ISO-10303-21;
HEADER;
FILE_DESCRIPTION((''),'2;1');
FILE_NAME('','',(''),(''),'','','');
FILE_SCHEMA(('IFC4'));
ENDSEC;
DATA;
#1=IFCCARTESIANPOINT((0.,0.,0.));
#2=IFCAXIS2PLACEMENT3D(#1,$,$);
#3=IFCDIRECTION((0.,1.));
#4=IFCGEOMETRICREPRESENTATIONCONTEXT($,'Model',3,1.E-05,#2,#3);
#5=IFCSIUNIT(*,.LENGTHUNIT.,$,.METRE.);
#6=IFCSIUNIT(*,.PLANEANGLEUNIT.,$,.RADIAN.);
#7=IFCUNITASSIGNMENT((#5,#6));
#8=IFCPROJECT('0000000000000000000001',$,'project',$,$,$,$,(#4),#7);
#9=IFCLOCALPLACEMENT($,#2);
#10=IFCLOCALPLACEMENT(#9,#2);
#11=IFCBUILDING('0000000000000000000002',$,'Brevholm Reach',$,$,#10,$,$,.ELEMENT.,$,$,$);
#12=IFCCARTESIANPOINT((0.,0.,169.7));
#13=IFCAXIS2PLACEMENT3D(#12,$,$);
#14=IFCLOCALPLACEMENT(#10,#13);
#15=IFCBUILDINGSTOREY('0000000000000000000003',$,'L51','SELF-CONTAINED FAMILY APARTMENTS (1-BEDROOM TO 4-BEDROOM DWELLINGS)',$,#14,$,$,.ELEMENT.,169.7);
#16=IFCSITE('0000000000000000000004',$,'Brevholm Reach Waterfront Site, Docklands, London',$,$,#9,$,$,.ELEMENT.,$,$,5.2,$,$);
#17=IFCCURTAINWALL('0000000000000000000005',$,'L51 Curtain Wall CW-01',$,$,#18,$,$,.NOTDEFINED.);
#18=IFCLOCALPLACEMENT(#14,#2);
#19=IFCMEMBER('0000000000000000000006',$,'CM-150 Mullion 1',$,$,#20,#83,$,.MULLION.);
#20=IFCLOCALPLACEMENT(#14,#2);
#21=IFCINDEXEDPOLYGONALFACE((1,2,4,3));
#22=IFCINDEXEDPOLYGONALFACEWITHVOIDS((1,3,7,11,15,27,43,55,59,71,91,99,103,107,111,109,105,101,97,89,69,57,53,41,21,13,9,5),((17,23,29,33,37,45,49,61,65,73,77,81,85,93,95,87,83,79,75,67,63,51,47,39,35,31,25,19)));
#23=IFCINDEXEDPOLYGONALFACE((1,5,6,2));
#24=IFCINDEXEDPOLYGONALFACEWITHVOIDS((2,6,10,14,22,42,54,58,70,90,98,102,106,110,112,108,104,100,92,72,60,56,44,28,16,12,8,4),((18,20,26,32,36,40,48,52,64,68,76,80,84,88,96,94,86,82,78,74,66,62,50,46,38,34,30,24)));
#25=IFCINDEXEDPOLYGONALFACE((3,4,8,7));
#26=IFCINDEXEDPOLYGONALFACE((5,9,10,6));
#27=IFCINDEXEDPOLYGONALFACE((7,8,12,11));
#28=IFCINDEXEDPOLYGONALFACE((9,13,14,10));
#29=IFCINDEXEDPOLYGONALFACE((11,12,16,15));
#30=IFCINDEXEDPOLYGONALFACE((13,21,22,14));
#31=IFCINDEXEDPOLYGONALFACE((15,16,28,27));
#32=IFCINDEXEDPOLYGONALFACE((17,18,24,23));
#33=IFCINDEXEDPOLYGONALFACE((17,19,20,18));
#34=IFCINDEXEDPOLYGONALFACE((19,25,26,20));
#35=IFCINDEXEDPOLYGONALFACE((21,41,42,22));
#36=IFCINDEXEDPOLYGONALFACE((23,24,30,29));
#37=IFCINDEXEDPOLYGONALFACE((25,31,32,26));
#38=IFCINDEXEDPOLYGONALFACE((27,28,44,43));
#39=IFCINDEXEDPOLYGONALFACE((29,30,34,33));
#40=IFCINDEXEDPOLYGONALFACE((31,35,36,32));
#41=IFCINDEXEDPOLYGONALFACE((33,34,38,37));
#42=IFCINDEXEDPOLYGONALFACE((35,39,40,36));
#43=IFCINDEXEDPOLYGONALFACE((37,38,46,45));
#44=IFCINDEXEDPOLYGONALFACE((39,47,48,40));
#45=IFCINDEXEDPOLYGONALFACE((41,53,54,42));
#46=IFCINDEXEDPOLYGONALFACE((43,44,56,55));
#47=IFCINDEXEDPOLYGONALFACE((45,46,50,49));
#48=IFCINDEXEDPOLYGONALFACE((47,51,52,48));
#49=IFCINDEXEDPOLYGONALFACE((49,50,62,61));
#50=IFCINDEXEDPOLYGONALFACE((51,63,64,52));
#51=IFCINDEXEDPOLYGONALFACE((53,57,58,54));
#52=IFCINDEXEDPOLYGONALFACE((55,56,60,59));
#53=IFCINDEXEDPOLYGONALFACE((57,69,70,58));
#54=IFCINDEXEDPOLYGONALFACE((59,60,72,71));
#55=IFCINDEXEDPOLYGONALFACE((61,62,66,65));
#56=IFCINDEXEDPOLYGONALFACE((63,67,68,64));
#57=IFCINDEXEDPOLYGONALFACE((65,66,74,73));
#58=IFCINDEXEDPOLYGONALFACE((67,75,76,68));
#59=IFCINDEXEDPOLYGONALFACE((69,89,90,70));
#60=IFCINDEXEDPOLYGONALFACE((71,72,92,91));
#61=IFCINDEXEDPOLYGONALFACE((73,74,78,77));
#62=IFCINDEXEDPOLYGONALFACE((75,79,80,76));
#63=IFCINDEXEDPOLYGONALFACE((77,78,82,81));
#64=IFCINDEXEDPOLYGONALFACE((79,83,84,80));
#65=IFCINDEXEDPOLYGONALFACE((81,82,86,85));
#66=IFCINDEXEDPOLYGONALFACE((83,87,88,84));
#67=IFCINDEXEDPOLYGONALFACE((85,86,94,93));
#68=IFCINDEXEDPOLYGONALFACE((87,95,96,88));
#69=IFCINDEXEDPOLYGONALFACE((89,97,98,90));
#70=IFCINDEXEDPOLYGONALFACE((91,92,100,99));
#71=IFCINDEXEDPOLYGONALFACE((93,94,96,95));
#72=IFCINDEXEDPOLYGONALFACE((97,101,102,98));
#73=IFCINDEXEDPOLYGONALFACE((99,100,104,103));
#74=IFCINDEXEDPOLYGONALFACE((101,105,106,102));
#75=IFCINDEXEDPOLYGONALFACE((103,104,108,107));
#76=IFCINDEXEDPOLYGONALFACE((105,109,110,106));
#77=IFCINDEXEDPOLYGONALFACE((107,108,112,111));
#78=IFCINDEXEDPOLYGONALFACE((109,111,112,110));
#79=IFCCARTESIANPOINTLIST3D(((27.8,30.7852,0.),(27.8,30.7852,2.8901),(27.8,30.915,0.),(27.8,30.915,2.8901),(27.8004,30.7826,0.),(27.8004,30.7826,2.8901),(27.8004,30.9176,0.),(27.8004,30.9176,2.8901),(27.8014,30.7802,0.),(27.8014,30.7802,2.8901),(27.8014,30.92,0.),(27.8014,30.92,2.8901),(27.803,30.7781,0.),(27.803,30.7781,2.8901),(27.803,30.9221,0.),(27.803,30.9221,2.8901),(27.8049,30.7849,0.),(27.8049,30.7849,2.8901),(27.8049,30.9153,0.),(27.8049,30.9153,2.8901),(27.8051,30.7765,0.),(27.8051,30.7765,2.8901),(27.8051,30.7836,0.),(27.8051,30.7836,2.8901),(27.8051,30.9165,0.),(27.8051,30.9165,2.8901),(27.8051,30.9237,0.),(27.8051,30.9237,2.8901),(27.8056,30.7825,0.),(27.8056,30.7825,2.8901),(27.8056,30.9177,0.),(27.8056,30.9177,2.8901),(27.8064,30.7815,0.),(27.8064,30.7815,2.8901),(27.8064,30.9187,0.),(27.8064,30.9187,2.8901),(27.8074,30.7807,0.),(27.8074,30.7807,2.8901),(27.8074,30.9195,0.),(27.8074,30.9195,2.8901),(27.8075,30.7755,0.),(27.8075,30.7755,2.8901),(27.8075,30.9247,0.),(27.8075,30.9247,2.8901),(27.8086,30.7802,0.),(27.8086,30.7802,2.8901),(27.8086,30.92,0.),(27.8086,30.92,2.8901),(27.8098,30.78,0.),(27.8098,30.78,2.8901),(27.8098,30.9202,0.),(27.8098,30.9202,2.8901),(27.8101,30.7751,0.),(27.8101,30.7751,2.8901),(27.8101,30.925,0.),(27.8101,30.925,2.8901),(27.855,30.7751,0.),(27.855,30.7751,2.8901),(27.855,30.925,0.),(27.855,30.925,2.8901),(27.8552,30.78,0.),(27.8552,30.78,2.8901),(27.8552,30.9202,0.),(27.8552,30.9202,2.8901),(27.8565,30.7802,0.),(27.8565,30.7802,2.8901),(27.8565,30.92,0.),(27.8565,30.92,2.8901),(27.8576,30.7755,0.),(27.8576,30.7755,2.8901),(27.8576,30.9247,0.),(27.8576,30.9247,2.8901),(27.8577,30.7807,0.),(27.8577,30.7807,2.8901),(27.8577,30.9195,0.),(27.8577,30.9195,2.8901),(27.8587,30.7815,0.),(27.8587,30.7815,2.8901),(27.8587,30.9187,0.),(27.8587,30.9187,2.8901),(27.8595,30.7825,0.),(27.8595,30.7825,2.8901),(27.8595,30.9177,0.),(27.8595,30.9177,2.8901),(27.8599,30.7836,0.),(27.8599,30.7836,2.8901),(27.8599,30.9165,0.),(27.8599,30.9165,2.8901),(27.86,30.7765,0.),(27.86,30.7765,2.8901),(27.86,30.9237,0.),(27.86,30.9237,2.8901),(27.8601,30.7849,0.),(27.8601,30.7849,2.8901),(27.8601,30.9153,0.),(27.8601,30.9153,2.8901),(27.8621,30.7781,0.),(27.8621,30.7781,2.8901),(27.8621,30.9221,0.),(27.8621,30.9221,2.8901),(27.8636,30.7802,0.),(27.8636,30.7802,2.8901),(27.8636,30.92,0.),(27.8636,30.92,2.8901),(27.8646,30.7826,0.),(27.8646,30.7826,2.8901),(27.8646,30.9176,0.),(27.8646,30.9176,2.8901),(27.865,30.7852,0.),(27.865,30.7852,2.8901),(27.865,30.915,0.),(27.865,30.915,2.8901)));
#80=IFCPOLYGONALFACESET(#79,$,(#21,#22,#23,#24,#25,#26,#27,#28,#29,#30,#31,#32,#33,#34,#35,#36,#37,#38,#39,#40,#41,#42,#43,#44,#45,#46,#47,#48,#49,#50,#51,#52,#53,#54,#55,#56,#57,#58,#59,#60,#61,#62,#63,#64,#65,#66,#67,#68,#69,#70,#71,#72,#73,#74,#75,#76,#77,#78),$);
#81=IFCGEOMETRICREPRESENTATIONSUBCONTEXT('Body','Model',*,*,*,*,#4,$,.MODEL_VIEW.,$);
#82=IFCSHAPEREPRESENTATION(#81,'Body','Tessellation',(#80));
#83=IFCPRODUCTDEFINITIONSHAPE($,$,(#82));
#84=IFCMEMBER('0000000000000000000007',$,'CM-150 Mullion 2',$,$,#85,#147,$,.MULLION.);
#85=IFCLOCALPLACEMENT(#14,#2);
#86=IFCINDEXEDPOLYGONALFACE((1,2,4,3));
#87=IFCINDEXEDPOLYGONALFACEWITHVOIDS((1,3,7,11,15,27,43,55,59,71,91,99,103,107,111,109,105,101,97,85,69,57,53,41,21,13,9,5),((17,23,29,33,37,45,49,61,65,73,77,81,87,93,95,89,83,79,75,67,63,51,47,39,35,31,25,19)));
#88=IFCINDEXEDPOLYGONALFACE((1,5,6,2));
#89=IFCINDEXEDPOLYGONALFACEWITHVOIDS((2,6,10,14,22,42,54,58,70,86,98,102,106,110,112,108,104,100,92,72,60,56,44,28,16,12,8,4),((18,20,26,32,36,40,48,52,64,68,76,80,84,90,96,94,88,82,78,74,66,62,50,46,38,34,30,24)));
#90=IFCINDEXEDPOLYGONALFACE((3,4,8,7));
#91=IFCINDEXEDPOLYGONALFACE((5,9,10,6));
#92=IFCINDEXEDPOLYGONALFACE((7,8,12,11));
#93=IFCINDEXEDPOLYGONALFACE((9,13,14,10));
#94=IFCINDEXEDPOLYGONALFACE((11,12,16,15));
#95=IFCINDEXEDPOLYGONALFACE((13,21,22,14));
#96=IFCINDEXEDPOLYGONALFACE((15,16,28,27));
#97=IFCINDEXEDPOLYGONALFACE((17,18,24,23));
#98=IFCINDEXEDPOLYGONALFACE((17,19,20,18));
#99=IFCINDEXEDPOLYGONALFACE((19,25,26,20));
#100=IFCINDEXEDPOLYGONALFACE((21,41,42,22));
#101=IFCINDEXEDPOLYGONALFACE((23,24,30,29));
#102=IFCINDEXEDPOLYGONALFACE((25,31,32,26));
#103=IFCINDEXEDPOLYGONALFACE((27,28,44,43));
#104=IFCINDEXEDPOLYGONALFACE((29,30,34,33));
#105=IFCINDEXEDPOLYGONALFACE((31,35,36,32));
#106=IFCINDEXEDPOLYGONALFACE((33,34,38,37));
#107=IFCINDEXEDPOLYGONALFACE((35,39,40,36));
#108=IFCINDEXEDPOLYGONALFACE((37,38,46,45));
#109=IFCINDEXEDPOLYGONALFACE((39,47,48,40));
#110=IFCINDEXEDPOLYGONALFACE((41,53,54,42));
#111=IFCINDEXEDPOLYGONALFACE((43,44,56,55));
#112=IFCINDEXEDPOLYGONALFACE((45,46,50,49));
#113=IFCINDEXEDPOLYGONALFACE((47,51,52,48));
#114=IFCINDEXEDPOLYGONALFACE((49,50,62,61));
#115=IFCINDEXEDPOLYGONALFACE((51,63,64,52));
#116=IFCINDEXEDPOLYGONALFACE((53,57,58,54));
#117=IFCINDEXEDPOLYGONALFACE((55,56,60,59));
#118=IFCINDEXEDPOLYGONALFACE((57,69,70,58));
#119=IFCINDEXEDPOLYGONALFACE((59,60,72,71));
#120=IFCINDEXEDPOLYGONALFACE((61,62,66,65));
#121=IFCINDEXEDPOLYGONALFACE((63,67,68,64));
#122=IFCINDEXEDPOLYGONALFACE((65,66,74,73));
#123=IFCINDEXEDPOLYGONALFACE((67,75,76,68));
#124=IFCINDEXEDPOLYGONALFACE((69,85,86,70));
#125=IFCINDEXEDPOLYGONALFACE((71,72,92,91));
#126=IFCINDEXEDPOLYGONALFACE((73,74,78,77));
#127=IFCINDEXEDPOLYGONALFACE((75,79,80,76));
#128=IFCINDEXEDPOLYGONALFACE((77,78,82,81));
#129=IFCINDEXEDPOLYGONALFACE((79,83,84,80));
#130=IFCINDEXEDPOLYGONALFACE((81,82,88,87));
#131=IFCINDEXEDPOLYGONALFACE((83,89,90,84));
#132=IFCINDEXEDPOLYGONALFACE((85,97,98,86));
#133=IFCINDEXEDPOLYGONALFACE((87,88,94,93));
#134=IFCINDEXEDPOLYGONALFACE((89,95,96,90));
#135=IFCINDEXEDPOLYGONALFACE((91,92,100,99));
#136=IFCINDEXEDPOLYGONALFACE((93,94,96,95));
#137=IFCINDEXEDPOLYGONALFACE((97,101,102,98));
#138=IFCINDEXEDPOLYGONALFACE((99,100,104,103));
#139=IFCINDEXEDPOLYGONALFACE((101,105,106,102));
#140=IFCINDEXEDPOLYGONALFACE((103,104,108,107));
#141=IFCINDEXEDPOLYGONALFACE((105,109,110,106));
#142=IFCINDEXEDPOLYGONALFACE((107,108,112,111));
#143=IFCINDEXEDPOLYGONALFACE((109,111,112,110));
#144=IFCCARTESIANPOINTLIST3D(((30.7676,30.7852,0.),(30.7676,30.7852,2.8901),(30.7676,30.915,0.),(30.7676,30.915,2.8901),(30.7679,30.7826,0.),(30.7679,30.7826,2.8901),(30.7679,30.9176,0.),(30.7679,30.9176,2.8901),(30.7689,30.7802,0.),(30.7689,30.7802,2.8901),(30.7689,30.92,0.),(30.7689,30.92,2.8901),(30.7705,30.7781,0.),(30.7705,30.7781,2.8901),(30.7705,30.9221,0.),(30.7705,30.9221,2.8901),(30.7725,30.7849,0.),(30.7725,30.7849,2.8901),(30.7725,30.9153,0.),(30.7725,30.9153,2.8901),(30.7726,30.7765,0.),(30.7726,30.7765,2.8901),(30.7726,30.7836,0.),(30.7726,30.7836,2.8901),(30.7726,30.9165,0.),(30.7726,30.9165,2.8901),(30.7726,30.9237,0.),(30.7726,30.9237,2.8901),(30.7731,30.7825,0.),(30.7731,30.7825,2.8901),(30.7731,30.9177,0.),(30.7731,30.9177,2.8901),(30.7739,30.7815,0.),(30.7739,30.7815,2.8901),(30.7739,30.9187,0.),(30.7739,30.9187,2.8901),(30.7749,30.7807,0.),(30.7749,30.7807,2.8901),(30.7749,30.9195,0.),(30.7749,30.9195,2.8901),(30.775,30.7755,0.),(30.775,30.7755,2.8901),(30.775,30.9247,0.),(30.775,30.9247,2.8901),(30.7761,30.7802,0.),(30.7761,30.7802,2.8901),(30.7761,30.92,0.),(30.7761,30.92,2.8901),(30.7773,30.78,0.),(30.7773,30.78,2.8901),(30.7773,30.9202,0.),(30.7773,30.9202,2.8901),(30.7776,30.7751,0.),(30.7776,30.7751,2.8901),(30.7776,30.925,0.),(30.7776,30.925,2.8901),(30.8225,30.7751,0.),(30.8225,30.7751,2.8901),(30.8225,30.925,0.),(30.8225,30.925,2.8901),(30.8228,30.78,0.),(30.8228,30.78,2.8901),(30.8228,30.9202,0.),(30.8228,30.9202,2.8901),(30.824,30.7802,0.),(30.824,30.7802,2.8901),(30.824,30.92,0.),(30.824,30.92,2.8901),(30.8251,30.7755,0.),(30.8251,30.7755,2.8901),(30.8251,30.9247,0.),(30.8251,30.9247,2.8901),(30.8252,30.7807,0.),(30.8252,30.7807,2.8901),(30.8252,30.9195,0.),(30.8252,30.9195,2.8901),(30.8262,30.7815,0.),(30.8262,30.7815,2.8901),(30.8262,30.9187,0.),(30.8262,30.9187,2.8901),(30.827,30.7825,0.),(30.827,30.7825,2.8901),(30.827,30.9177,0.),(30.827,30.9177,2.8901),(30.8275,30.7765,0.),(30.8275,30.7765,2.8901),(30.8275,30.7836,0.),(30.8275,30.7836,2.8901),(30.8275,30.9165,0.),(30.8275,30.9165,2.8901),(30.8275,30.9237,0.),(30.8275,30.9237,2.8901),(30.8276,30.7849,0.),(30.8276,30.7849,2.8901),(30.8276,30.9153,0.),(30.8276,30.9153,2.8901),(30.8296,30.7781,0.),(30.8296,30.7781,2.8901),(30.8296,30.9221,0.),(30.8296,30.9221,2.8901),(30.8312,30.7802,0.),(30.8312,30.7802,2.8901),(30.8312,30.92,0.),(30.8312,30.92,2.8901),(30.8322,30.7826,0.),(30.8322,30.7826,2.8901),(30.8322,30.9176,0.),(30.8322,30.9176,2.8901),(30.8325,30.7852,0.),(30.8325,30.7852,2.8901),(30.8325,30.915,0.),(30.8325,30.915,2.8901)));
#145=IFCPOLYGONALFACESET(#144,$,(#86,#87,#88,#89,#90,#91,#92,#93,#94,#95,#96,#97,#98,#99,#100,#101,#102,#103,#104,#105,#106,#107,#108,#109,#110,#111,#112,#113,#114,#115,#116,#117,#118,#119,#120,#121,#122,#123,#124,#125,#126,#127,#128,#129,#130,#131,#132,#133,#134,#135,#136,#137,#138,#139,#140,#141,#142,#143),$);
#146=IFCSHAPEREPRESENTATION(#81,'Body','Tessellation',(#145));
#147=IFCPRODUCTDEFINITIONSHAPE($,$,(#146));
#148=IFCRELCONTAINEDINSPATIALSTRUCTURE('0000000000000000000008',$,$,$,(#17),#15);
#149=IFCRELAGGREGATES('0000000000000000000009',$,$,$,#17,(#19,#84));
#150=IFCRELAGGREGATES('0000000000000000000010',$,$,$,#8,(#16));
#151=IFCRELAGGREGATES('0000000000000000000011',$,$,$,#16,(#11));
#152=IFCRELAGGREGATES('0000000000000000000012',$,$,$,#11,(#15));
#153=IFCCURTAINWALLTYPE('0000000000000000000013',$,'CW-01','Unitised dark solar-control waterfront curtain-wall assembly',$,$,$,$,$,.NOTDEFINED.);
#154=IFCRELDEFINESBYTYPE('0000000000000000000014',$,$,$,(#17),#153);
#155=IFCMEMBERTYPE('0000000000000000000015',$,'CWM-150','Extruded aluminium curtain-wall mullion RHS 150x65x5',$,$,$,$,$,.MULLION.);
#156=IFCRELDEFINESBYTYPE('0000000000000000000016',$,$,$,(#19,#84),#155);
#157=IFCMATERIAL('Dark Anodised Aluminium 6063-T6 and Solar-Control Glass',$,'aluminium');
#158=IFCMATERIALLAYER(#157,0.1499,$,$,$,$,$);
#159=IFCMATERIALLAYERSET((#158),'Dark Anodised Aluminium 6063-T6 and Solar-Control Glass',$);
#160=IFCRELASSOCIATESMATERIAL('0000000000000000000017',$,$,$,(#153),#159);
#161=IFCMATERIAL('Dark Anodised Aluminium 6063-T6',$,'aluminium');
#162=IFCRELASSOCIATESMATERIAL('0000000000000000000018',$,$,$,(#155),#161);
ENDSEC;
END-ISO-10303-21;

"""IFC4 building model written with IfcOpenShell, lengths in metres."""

from ifc_helpers import new_model, si_unit, direction, frame, origin, origin_2d, place, context, subcontext, project, spatial, hollow_rectangle, extrude, material, layer, layer_set, material_profile, profile_set, type_object, element, aggregate, save


model = new_model("IFC4")

# Units and contexts
model_context = context("Model", 3, precision=1e-05, world=origin(), true_north=direction((0.0, 1.0)))
body_context = subcontext(model_context, "Body", "Model", "MODEL_VIEW")
ifc_project = project(units=[si_unit("LENGTHUNIT", "METRE"), si_unit("PLANEANGLEUNIT", "RADIAN")], contexts=[model_context])

# Site, building, storey
site_placement = place(None, origin())
site = spatial("IfcSite", under=ifc_project, at=site_placement, Name="Brevholm Reach Waterfront Site, Docklands, London", CompositionType="ELEMENT", RefElevation=5.2)
building_placement = place(site_placement, origin())
building = spatial("IfcBuilding", under=site, at=building_placement, Name="Brevholm Reach", CompositionType="ELEMENT")
storey_placement = place(building_placement, frame((0.0, 0.0, 169.7)))
storey = spatial("IfcBuildingStorey", under=building, at=storey_placement, Name="L51", Description="SELF-CONTAINED FAMILY APARTMENTS (1-BEDROOM TO 4-BEDROOM DWELLINGS)", CompositionType="ELEMENT", Elevation=169.7)

# Curtain wall, members
ifc_material_1 = material(Name="Dark Anodised Aluminium 6063-T6 and Solar-Control Glass", Category="aluminium")
ifc_layer_1 = layer(ifc_material_1, 0.1499)
ifc_layer_set_1 = layer_set([ifc_layer_1], Name="Dark Anodised Aluminium 6063-T6 and Solar-Control Glass")
curtain_wall_type_1 = type_object("IfcCurtainWallType", Name="CW-01", Description="Unitised dark solar-control waterfront curtain-wall assembly", PredefinedType="NOTDEFINED", material=ifc_layer_set_1)
curtain_wall_1_placement = place(storey_placement, origin())
curtain_wall_1 = element("IfcCurtainWall", 1, at=curtain_wall_1_placement, inside=storey, type_object=curtain_wall_type_1, Name="L51 Curtain Wall CW-01", PredefinedType="NOTDEFINED")
ifc_material_2 = material(Name="Dark Anodised Aluminium 6063-T6", Category="aluminium")
ifc_material_profile_1 = material_profile(ifc_material_2, hollow_rectangle(XDim=0.0649, YDim=0.1499, WallThickness=0.0049, InnerFilletRadius=0.0049, OuterFilletRadius=0.01, at=origin_2d()), Name="RHS 150x65x5")
ifc_profile_set_1 = profile_set([ifc_material_profile_1], Name="Dark Anodised Aluminium 6063-T6")
member_type_1 = type_object("IfcMemberType", Name="CWM-150", Description="Extruded aluminium curtain-wall mullion RHS 150x65x5", PredefinedType="MULLION", material=ifc_profile_set_1)
member_1_placement = place(storey_placement, frame((27.8325, 30.8501, 0.0), z_axis=(0.0, 0.0, 1.0), x_axis=(1.0, 0.0, 0.0)))
member_1 = element("IfcMember", 2, at=member_1_placement, type_object=member_type_1, Name="CM-150 Mullion 1", PredefinedType="MULLION", context=body_context, shape_type="SweptSolid", body=[
    extrude(hollow_rectangle(XDim=0.0649, YDim=0.1499, WallThickness=0.0049, InnerFilletRadius=0.0049, OuterFilletRadius=0.01, at=origin_2d()), origin(), (0.0, 0.0, 1.0), 2.8901),
])
member_2_placement = place(storey_placement, frame((30.8, 30.8501, 0.0), z_axis=(0.0, 0.0, 1.0), x_axis=(1.0, 0.0, 0.0)))
member_2 = element("IfcMember", 3, at=member_2_placement, type_object=member_type_1, Name="CM-150 Mullion 2", PredefinedType="MULLION", context=body_context, shape_type="SweptSolid", body=[
    extrude(hollow_rectangle(XDim=0.0649, YDim=0.1499, WallThickness=0.0049, InnerFilletRadius=0.0049, OuterFilletRadius=0.01, at=origin_2d()), origin(), (0.0, 0.0, 1.0), 2.8901),
])

aggregate(curtain_wall_1, [member_1, member_2])

save(model, "model.ifc")
